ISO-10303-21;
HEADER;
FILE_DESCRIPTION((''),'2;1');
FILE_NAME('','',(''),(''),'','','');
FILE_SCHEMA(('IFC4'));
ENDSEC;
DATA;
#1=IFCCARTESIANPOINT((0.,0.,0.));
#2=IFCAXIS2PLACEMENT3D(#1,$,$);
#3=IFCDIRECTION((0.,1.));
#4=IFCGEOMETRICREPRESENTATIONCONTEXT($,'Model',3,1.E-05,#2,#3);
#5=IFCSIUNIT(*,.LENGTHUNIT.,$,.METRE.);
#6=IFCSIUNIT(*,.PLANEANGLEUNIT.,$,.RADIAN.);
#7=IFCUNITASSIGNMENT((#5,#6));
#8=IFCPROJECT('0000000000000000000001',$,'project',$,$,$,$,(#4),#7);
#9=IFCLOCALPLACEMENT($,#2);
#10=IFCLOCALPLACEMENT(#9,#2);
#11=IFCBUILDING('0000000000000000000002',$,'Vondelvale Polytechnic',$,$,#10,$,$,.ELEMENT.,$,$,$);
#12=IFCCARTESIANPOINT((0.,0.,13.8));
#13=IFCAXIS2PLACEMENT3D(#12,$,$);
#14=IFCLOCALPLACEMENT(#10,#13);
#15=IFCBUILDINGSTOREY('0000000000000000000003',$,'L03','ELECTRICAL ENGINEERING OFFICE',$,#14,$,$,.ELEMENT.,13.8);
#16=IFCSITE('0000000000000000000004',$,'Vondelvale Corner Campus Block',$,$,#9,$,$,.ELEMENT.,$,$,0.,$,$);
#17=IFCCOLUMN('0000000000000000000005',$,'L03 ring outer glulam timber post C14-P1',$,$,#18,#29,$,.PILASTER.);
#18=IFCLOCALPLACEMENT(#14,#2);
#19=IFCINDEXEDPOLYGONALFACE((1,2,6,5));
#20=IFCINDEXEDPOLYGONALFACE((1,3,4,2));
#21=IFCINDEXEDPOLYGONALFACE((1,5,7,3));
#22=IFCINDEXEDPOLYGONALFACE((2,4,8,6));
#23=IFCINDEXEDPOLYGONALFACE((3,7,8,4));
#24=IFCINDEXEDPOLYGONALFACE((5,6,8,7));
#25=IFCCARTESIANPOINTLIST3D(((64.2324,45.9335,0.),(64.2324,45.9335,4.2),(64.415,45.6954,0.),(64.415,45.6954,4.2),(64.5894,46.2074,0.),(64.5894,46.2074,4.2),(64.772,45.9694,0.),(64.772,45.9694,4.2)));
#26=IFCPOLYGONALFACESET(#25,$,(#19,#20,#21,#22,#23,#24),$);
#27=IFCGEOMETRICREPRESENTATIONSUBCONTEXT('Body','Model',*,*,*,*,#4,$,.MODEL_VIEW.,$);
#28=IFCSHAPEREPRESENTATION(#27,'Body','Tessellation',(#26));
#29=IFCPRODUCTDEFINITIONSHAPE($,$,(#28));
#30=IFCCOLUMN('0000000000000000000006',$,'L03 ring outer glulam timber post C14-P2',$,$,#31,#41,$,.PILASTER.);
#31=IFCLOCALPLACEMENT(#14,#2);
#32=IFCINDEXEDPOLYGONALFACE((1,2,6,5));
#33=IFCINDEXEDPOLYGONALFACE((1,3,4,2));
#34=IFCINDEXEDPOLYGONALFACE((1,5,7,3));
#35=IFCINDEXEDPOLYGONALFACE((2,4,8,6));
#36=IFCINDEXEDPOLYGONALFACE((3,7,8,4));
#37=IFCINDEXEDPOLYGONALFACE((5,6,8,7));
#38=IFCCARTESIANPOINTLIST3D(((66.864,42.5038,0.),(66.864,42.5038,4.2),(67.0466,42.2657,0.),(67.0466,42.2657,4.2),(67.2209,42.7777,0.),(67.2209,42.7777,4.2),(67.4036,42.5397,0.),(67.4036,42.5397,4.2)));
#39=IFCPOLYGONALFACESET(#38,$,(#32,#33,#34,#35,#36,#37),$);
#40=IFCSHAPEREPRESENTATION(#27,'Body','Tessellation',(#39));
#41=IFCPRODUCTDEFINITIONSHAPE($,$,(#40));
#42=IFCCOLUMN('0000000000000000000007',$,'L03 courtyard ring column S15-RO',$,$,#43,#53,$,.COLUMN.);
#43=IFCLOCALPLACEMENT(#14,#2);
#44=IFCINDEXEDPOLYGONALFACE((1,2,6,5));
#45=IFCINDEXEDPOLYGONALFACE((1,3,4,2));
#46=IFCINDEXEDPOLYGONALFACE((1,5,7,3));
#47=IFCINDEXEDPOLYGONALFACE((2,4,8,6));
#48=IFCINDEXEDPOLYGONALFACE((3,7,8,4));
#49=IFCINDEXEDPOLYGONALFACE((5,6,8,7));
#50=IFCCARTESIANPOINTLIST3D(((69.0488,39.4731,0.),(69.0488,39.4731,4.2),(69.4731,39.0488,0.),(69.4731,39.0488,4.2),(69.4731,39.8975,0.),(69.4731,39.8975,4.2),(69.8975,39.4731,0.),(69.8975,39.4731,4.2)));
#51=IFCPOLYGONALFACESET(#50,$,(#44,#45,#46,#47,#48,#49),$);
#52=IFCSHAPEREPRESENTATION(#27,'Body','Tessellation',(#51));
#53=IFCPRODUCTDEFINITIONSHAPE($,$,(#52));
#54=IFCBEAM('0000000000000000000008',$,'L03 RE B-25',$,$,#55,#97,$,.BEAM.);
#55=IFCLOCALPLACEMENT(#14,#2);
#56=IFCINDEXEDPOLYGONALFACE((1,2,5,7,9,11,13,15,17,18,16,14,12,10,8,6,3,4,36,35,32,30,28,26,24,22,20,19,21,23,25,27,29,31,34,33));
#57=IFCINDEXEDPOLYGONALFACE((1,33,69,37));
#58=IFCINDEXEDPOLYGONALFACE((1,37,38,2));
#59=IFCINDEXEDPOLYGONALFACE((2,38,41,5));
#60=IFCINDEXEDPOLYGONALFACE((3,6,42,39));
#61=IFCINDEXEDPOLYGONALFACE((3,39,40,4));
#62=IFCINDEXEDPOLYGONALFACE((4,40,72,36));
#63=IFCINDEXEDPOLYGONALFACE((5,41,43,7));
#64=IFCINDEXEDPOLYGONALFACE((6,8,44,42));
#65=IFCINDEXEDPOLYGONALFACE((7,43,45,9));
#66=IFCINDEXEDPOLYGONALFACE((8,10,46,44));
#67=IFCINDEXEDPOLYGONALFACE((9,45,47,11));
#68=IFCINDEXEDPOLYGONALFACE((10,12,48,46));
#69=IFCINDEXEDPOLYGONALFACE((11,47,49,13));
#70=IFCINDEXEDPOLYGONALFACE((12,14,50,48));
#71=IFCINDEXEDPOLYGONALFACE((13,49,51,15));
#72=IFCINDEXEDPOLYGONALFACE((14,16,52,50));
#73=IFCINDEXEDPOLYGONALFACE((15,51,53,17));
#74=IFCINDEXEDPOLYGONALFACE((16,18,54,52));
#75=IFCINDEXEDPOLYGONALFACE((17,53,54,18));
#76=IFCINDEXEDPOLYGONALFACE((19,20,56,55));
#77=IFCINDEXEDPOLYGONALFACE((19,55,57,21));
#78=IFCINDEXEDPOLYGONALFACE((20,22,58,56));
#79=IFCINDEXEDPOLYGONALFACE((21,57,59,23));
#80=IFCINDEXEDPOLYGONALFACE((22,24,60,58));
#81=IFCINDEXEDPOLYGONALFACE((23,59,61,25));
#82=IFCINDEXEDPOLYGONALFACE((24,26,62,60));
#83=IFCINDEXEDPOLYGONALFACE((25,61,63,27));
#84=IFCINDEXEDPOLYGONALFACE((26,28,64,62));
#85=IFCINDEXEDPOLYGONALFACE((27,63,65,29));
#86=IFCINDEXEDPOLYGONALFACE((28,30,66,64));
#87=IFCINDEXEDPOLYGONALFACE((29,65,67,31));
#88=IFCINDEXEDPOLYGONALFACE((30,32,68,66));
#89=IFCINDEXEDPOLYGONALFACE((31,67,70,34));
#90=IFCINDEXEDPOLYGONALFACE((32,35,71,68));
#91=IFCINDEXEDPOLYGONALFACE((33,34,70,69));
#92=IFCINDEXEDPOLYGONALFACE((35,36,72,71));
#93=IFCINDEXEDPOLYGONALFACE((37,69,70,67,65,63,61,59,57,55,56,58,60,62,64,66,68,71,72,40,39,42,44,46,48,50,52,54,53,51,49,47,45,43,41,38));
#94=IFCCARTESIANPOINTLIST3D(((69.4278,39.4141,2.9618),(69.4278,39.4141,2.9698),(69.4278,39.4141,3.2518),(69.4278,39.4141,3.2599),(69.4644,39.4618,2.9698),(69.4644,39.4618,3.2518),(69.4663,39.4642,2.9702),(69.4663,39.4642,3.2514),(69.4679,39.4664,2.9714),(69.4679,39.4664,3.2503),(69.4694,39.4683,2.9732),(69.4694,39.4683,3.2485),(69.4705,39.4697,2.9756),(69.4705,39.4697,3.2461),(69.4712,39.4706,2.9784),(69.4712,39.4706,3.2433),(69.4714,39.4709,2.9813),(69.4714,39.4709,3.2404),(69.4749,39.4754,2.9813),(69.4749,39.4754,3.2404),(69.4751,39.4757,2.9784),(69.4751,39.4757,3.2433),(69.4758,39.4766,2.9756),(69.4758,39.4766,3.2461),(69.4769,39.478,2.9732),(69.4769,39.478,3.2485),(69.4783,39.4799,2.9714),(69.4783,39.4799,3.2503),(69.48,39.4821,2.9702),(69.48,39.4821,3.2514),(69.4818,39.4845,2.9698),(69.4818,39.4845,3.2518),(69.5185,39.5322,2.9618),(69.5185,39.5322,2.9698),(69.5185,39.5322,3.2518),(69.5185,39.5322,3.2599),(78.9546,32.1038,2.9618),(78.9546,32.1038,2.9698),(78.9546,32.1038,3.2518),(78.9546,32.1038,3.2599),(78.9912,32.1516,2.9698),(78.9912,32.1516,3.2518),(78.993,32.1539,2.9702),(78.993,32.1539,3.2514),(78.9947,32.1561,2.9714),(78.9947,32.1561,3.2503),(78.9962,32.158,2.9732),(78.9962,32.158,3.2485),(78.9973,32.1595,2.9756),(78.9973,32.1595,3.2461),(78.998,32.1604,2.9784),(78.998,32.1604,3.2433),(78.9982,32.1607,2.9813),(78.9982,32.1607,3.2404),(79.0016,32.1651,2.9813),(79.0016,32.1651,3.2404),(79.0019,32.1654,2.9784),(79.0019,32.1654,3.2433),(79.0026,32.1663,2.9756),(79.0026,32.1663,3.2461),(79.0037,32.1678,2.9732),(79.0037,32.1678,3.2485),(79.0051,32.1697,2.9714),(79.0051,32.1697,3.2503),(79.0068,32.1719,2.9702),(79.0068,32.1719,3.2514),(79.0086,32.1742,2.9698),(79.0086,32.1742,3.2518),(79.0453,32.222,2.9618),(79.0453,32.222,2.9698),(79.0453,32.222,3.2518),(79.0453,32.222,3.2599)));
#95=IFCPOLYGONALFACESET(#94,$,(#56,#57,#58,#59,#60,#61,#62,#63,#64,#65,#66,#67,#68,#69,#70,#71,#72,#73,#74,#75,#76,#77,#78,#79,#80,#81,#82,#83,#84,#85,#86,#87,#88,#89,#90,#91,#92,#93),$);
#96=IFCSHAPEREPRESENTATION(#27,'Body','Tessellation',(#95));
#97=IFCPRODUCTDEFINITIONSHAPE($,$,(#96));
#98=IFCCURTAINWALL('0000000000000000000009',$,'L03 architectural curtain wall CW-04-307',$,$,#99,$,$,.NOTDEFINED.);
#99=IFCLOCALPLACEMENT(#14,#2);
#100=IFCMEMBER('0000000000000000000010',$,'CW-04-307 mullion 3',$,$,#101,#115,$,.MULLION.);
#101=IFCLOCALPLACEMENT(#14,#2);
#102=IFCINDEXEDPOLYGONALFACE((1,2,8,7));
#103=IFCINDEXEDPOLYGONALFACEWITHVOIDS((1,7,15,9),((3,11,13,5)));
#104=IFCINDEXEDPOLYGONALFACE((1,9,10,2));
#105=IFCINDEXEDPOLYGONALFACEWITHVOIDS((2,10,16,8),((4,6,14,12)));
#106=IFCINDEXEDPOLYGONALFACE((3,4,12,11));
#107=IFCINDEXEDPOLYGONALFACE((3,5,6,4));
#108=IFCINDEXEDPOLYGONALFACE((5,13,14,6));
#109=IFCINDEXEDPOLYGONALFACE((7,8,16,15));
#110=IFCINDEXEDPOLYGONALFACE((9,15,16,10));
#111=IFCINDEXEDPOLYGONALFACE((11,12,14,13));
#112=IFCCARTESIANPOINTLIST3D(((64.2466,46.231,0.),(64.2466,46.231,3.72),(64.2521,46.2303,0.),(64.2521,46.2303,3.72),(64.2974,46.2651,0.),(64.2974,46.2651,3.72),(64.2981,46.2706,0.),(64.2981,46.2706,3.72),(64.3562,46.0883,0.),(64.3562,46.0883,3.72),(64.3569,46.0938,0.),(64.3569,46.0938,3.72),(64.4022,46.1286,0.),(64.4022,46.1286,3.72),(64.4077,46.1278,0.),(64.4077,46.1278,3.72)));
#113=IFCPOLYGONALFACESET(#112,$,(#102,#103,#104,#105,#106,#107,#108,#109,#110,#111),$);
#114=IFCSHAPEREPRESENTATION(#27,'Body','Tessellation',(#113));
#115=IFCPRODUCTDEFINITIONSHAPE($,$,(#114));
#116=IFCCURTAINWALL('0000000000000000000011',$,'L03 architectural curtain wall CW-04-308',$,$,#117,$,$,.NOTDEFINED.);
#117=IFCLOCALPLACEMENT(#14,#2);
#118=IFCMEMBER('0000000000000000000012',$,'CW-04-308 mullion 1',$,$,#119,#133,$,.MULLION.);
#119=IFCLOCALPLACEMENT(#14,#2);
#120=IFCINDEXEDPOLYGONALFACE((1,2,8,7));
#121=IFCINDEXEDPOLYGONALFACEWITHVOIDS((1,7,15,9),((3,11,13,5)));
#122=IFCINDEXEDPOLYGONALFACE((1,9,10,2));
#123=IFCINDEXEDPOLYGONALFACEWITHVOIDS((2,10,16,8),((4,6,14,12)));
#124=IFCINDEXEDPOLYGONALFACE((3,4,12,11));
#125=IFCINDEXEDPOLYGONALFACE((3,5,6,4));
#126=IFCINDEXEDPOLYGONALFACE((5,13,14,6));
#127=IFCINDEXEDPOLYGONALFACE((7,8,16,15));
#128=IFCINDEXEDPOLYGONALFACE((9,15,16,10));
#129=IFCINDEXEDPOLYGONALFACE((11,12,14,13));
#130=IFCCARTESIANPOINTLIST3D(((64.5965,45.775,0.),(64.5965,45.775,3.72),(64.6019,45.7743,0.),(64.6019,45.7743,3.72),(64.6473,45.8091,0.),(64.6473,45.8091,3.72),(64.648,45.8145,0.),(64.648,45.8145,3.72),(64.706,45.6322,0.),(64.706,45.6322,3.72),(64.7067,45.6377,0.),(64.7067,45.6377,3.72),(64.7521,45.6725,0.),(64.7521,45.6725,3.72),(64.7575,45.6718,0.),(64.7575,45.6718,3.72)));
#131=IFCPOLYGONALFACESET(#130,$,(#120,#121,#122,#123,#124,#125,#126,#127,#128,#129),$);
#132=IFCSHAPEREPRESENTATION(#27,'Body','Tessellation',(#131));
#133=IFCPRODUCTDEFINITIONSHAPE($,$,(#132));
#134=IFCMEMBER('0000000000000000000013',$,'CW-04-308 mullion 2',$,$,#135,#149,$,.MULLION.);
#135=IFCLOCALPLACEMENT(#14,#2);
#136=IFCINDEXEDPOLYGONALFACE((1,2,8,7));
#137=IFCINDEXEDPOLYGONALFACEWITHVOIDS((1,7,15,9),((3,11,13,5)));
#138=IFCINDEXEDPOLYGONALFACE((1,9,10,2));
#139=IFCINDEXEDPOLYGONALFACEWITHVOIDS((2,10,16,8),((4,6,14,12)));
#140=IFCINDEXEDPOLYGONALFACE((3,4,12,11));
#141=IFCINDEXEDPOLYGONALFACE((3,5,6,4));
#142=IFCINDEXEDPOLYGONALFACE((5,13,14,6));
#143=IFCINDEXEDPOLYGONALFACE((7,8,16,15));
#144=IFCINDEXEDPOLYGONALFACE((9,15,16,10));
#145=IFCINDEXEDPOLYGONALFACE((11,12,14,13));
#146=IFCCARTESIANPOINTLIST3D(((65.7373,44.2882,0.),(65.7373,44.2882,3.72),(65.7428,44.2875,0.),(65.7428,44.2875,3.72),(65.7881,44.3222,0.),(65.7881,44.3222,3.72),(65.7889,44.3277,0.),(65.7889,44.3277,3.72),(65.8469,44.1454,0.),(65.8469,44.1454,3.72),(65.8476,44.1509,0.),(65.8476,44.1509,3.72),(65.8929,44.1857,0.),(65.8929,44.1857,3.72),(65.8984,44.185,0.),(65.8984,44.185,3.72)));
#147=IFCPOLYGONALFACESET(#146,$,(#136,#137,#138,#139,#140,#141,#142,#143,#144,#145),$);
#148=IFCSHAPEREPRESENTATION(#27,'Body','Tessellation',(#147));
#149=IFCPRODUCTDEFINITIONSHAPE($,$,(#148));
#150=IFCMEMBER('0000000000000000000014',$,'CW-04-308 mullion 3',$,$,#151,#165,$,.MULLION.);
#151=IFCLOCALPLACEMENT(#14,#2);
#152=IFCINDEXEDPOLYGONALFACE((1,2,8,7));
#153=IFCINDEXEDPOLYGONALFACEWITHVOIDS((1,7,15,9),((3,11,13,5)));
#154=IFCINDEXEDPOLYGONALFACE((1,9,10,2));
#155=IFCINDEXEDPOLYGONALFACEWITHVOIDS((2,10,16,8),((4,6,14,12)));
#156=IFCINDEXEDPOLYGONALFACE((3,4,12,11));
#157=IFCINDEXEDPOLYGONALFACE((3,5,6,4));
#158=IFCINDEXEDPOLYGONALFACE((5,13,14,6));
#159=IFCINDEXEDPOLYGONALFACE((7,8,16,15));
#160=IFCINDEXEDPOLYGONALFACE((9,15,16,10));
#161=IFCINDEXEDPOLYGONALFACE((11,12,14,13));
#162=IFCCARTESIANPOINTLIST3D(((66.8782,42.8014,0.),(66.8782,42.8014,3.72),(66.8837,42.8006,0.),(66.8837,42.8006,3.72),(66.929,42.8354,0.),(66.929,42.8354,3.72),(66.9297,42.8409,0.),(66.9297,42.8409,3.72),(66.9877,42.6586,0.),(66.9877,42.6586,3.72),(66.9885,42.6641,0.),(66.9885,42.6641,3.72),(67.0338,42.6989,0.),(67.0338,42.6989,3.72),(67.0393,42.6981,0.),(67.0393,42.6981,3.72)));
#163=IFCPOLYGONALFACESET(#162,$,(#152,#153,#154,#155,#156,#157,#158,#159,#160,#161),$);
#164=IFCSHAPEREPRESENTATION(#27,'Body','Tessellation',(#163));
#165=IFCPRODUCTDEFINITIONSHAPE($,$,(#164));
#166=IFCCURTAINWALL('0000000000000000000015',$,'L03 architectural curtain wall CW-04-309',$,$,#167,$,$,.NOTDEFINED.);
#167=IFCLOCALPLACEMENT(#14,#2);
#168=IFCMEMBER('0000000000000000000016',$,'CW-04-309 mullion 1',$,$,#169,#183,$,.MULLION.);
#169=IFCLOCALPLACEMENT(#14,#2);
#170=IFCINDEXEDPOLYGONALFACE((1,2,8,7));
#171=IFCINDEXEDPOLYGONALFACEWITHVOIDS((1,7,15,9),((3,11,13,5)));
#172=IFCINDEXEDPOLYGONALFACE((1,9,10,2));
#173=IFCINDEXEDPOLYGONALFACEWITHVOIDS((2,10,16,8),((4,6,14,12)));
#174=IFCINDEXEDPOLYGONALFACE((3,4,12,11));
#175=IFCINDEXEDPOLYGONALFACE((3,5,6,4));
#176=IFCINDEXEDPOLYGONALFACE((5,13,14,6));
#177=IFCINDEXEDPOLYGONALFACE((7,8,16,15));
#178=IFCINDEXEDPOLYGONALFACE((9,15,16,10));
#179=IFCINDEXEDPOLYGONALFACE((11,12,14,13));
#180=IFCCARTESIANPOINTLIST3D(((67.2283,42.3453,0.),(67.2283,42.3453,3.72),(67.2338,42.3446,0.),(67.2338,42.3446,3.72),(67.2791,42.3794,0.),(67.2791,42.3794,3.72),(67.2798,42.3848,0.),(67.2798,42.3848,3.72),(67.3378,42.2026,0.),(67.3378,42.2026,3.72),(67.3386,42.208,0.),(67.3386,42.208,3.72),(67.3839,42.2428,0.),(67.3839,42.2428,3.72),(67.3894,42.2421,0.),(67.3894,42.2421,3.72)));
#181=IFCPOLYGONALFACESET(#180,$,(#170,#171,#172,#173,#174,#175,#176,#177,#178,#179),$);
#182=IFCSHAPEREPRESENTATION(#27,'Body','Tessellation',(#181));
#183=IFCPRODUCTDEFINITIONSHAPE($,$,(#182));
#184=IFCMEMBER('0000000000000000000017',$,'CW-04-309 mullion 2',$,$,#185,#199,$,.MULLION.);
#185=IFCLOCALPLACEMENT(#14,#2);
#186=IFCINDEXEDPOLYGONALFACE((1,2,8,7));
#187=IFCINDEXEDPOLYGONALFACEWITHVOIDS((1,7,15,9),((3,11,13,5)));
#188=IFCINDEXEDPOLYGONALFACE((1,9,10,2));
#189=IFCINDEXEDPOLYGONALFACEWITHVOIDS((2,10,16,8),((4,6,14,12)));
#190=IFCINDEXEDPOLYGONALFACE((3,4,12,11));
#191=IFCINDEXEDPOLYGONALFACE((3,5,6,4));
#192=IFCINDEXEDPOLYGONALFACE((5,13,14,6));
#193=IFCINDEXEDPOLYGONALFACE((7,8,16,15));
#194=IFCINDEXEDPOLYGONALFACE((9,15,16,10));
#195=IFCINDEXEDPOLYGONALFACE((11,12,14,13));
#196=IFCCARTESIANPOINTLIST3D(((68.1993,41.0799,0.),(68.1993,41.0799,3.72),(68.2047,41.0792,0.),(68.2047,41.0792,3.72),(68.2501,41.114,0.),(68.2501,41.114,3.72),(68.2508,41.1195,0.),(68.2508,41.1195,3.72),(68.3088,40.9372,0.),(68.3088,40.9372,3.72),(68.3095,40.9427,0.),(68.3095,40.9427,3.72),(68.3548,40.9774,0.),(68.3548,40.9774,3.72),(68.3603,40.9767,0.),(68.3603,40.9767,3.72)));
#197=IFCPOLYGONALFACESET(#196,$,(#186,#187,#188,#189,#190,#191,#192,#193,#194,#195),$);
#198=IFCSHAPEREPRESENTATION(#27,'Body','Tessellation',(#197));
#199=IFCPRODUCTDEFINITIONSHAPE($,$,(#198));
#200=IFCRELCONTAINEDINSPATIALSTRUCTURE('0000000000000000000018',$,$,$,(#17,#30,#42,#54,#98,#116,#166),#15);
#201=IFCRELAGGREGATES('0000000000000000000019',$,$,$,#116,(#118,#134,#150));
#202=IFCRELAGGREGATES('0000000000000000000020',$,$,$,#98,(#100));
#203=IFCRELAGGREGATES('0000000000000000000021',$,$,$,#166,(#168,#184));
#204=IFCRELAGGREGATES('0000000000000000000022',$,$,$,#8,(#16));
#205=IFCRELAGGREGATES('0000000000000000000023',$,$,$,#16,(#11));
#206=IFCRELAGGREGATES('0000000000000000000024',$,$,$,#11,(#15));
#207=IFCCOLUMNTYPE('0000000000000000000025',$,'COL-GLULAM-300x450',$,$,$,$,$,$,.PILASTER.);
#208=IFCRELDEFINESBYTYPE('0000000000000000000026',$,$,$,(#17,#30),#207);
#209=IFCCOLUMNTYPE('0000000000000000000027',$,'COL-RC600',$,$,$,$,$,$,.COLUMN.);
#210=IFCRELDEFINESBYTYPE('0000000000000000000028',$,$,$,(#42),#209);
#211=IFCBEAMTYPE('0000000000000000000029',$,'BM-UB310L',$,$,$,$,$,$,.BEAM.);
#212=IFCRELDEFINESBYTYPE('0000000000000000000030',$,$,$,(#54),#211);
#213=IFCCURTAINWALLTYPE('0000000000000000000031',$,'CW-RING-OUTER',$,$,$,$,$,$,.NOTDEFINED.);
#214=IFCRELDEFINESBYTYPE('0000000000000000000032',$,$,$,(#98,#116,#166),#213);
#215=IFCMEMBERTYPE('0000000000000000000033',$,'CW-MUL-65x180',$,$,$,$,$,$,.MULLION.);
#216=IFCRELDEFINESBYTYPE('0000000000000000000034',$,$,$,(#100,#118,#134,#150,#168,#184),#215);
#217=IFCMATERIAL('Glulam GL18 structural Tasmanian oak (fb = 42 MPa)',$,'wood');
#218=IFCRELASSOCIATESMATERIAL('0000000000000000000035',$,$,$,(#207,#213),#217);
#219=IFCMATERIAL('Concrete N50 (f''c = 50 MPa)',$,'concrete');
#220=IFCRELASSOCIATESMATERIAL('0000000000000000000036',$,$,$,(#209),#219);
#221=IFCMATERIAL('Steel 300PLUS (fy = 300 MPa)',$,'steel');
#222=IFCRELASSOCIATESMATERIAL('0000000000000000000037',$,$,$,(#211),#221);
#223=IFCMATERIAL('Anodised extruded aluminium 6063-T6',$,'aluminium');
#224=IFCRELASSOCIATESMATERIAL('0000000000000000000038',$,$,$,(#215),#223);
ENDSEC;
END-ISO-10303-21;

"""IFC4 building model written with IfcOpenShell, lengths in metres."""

from ifc_helpers import new_model, si_unit, direction, frame, origin, origin_2d, place, context, subcontext, project, spatial, rectangle, hollow_rectangle, i_section, extrude, material, material_profile, profile_set, type_object, element, aggregate, save


model = new_model("IFC4")

# Units and contexts
model_context = context("Model", 3, precision=1e-05, world=origin(), true_north=direction((0.0, 1.0)))
body_context = subcontext(model_context, "Body", "Model", "MODEL_VIEW")
ifc_project = project(units=[si_unit("LENGTHUNIT", "METRE"), si_unit("PLANEANGLEUNIT", "RADIAN")], contexts=[model_context])

# Site, building, storey
site_placement = place(None, origin())
site = spatial("IfcSite", under=ifc_project, at=site_placement, Name="Vondelvale Corner Campus Block", CompositionType="ELEMENT", RefElevation=0.0)
building_placement = place(site_placement, origin())
building = spatial("IfcBuilding", under=site, at=building_placement, Name="Vondelvale Polytechnic", CompositionType="ELEMENT")
storey_placement = place(building_placement, frame((0.0, 0.0, 13.8)))
storey = spatial("IfcBuildingStorey", under=building, at=storey_placement, Name="L03", Description="ELECTRICAL ENGINEERING OFFICE", CompositionType="ELEMENT", Elevation=13.8)

# Columns
ifc_material_1 = material(Name="Glulam GL18 structural Tasmanian oak (fb = 42 MPa)", Category="wood")
ifc_material_profile_1 = material_profile(ifc_material_1, rectangle(XDim=0.3, YDim=0.45, at=origin_2d()), Name="GL-POST-300x450")
ifc_profile_set_1 = profile_set([ifc_material_profile_1], Name="Glulam GL18 structural Tasmanian oak (fb = 42 MPa)")
column_type_1 = type_object("IfcColumnType", Name="COL-GLULAM-300x450", PredefinedType="PILASTER", material=ifc_profile_set_1)
for number, where, z_axis, x_axis, name in (
    (1, (64.5022, 45.9514, 0.0), (0.0, 0.0, 1.0), (-0.608761, 0.793353, 0.0), "L03 ring outer glulam timber post C14-P1"),
    (2, (67.1338, 42.5217, 0.0), (0.0, 0.0, 1.0), (-0.608761, 0.793353, 0.0), "L03 ring outer glulam timber post C14-P2"),
):
    element("IfcColumn", number, at=place(storey_placement, frame(where, z_axis=z_axis, x_axis=x_axis)), inside=storey, type_object=column_type_1, Name=name, PredefinedType="PILASTER", context=body_context, shape_type="SweptSolid", body=[
        extrude(rectangle(XDim=0.3, YDim=0.45, at=origin_2d()), origin(), (0.0, 0.0, 1.0), 4.2),
    ])
ifc_material_2 = material(Name="Concrete N50 (f'c = 50 MPa)", Category="concrete")
ifc_material_profile_2 = material_profile(ifc_material_2, rectangle(XDim=0.6001, YDim=0.6001, at=origin_2d()), Name="RC-COL-600x600")
ifc_profile_set_2 = profile_set([ifc_material_profile_2], Name="Concrete N50 (f'c = 50 MPa)")
column_type_2 = type_object("IfcColumnType", Name="COL-RC600", PredefinedType="COLUMN", material=ifc_profile_set_2)
column_placement = place(storey_placement, frame((69.4731, 39.4731, 0.0), z_axis=(0.0, 0.0, 1.0), x_axis=(0.707107, 0.707107, 0.0)))
element("IfcColumn", 3, at=column_placement, inside=storey, type_object=column_type_2, Name="L03 courtyard ring column S15-RO", PredefinedType="COLUMN", context=body_context, shape_type="SweptSolid", body=[
    extrude(rectangle(XDim=0.6001, YDim=0.6001, at=origin_2d()), origin(), (0.0, 0.0, 1.0), 4.2),
])

# Beam
ifc_material_3 = material(Name="Steel 300PLUS (fy = 300 MPa)", Category="steel")
ifc_material_profile_3 = material_profile(ifc_material_3, i_section(OverallWidth=0.1489, OverallDepth=0.2981, WebThickness=0.0056, FlangeThickness=0.0081, FilletRadius=0.0115, at=origin_2d()), Name="310UB32.0")
ifc_profile_set_3 = profile_set([ifc_material_profile_3], Name="Steel 300PLUS (fy = 300 MPa)")
beam_type = type_object("IfcBeamType", Name="BM-UB310L", PredefinedType="BEAM", material=ifc_profile_set_3)
beam_placement = place(storey_placement, frame((69.4731, 39.4731, 3.1108), z_axis=(0.79335, -0.608766, 0.0), x_axis=(0.608766, 0.79335, 0.0)))
element("IfcBeam", 4, at=beam_placement, inside=storey, type_object=beam_type, Name="L03 RE B-25", PredefinedType="BEAM", context=body_context, shape_type="SweptSolid", body=[
    extrude(i_section(OverallWidth=0.1489, OverallDepth=0.2981, WebThickness=0.0056, FlangeThickness=0.0081, FilletRadius=0.0115, at=origin_2d()), origin(), (0.0, 0.0, 1.0), 12.0083),
])

# Curtain wall, member
curtain_wall_type = type_object("IfcCurtainWallType", Name="CW-RING-OUTER", PredefinedType="NOTDEFINED", material=ifc_material_1)
curtain_wall_1_placement = place(storey_placement, origin())
curtain_wall_1 = element("IfcCurtainWall", 5, at=curtain_wall_1_placement, inside=storey, type_object=curtain_wall_type, Name="L03 architectural curtain wall CW-04-307", PredefinedType="NOTDEFINED")
ifc_material_4 = material(Name="Anodised extruded aluminium 6063-T6", Category="aluminium")
ifc_material_profile_4 = material_profile(ifc_material_4, hollow_rectangle(XDim=0.0649, YDim=0.1799, WallThickness=0.0039, at=origin_2d()), Name="CW-MUL-180x65")
ifc_profile_set_4 = profile_set([ifc_material_profile_4], Name="Anodised extruded aluminium 6063-T6")
member_type_1 = type_object("IfcMemberType", Name="CW-MUL-65x180", PredefinedType="MULLION", material=ifc_profile_set_4)
member_1_placement = place(storey_placement, frame((64.3271, 46.1794, 0.0), z_axis=(0.0, 0.0, 1.0), x_axis=(0.793334, 0.608787, 0.0)))
member_1 = element("IfcMember", 6, at=member_1_placement, type_object=member_type_1, Name="CW-04-307 mullion 3", PredefinedType="MULLION", context=body_context, shape_type="SweptSolid", body=[
    extrude(hollow_rectangle(XDim=0.0649, YDim=0.1799, WallThickness=0.0039, at=origin_2d()), origin(), (0.0, 0.0, 1.0), 3.72),
])

# Curtain walls, members
curtain_wall_2_placement = place(storey_placement, origin())
curtain_wall_2 = element("IfcCurtainWall", 7, at=curtain_wall_2_placement, inside=storey, type_object=curtain_wall_type, Name="L03 architectural curtain wall CW-04-308", PredefinedType="NOTDEFINED")
member_2_placement = place(storey_placement, frame((64.677, 45.7234, 0.0), z_axis=(0.0, 0.0, 1.0), x_axis=(0.793346, 0.608771, 0.0)))
member_2 = element("IfcMember", 8, at=member_2_placement, type_object=member_type_1, Name="CW-04-308 mullion 1", PredefinedType="MULLION", context=body_context, shape_type="SweptSolid", body=[
    extrude(hollow_rectangle(XDim=0.0649, YDim=0.1799, WallThickness=0.0039, at=origin_2d()), origin(), (0.0, 0.0, 1.0), 3.72),
])
member_3_placement = place(storey_placement, frame((65.8179, 44.2366, 0.0), z_axis=(0.0, 0.0, 1.0), x_axis=(0.793346, 0.608771, 0.0)))
member_3 = element("IfcMember", 9, at=member_3_placement, type_object=member_type_1, Name="CW-04-308 mullion 2", PredefinedType="MULLION", context=body_context, shape_type="SweptSolid", body=[
    extrude(hollow_rectangle(XDim=0.0649, YDim=0.1799, WallThickness=0.0039, at=origin_2d()), origin(), (0.0, 0.0, 1.0), 3.72),
])
member_4_placement = place(storey_placement, frame((66.9587, 42.7498, 0.0), z_axis=(0.0, 0.0, 1.0), x_axis=(0.793346, 0.608771, 0.0)))
member_4 = element("IfcMember", 10, at=member_4_placement, type_object=member_type_1, Name="CW-04-308 mullion 3", PredefinedType="MULLION", context=body_context, shape_type="SweptSolid", body=[
    extrude(hollow_rectangle(XDim=0.0649, YDim=0.1799, WallThickness=0.0039, at=origin_2d()), origin(), (0.0, 0.0, 1.0), 3.72),
])
curtain_wall_3_placement = place(storey_placement, origin())
curtain_wall_3 = element("IfcCurtainWall", 11, at=curtain_wall_3_placement, inside=storey, type_object=curtain_wall_type, Name="L03 architectural curtain wall CW-04-309", PredefinedType="NOTDEFINED")
member_5_placement = place(storey_placement, frame((67.3088, 42.2937, 0.0), z_axis=(0.0, 0.0, 1.0), x_axis=(0.793334, 0.608787, 0.0)))
member_5 = element("IfcMember", 12, at=member_5_placement, type_object=member_type_1, Name="CW-04-309 mullion 1", PredefinedType="MULLION", context=body_context, shape_type="SweptSolid", body=[
    extrude(hollow_rectangle(XDim=0.0649, YDim=0.1799, WallThickness=0.0039, at=origin_2d()), origin(), (0.0, 0.0, 1.0), 3.72),
])
member_6_placement = place(storey_placement, frame((68.2798, 41.0283, 0.0), z_axis=(0.0, 0.0, 1.0), x_axis=(0.793334, 0.608787, 0.0)))
member_6 = element("IfcMember", 13, at=member_6_placement, type_object=member_type_1, Name="CW-04-309 mullion 2", PredefinedType="MULLION", context=body_context, shape_type="SweptSolid", body=[
    extrude(hollow_rectangle(XDim=0.0649, YDim=0.1799, WallThickness=0.0039, at=origin_2d()), origin(), (0.0, 0.0, 1.0), 3.72),
])

aggregate(curtain_wall_2, [member_2, member_3, member_4])
aggregate(curtain_wall_1, [member_1])
aggregate(curtain_wall_3, [member_5, member_6])

save(model, "model.ifc")
